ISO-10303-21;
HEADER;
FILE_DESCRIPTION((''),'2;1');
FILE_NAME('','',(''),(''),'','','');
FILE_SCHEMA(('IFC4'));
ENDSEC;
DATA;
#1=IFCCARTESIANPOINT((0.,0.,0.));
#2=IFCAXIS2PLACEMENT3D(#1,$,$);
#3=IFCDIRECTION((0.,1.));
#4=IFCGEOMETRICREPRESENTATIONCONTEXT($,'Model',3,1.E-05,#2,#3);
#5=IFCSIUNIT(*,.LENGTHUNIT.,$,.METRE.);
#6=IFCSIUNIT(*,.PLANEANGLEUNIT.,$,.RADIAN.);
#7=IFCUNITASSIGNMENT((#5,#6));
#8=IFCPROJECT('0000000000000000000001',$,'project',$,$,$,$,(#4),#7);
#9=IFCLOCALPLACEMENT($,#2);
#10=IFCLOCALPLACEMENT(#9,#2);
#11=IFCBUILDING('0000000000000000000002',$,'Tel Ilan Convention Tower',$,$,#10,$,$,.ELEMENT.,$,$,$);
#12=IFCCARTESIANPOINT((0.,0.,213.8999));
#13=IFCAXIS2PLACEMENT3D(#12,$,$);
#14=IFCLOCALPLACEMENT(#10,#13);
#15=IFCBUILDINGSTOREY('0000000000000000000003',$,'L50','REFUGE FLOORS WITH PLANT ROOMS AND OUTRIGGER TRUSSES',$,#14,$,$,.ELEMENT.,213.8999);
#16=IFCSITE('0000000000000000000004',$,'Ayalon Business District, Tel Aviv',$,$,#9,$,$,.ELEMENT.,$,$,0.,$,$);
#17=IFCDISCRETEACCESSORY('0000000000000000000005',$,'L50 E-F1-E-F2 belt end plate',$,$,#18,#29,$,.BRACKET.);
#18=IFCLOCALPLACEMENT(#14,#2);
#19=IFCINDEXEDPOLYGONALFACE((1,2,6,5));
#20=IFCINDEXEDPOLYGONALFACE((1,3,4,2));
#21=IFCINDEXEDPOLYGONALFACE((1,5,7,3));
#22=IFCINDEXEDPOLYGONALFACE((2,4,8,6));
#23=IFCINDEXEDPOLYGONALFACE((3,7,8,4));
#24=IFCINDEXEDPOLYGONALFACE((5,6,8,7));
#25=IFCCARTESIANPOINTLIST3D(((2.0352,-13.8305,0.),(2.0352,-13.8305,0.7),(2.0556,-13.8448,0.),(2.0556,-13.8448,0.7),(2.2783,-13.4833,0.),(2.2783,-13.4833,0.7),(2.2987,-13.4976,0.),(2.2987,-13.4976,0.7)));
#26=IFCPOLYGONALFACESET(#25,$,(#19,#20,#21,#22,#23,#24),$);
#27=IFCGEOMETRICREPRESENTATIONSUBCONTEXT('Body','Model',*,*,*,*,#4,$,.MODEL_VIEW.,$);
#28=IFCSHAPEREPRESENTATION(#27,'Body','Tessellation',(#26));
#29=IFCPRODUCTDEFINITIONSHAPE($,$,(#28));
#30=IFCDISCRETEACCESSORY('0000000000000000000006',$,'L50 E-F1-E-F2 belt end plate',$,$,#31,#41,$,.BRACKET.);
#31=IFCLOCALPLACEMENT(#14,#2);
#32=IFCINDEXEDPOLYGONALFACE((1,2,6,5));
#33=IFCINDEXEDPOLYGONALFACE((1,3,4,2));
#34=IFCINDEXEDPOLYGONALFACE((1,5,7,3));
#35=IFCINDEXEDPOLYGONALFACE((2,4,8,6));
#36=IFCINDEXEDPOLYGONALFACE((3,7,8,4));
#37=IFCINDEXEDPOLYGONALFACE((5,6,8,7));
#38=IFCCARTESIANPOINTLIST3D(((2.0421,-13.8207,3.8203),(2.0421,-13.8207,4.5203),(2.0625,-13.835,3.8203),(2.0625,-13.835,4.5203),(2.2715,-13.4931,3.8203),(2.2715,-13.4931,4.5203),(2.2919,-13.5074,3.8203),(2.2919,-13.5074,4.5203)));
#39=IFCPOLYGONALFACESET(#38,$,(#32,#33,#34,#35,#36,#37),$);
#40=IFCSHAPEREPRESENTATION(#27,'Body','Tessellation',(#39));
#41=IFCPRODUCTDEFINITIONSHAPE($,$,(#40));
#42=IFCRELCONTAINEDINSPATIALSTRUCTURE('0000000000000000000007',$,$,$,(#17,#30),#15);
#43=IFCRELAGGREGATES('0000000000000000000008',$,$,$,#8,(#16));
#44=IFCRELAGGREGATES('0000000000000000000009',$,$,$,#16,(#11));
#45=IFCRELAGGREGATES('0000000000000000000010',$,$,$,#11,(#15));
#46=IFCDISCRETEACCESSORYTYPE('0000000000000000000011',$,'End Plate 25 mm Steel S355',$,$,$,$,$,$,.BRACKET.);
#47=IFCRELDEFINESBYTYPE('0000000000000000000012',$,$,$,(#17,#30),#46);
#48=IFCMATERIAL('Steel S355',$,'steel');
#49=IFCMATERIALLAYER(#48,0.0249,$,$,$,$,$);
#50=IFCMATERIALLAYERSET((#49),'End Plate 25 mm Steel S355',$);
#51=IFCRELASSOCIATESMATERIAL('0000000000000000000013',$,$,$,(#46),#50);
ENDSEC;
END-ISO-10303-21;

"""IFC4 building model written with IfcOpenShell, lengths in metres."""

from ifc_helpers import new_model, si_unit, direction, frame, origin, origin_2d, place, context, subcontext, project, spatial, rectangle, extrude, material, layer, layer_set, type_object, element, save


model = new_model("IFC4")

# Units and contexts
model_context = context("Model", 3, precision=1e-05, world=origin(), true_north=direction((0.0, 1.0)))
body_context = subcontext(model_context, "Body", "Model", "MODEL_VIEW")
ifc_project = project(units=[si_unit("LENGTHUNIT", "METRE"), si_unit("PLANEANGLEUNIT", "RADIAN")], contexts=[model_context])

# Site, building, storey
site_placement = place(None, origin())
site = spatial("IfcSite", under=ifc_project, at=site_placement, Name="Ayalon Business District, Tel Aviv", CompositionType="ELEMENT", RefElevation=0.0)
building_placement = place(site_placement, origin())
building = spatial("IfcBuilding", under=site, at=building_placement, Name="Tel Ilan Convention Tower", CompositionType="ELEMENT")
storey_placement = place(building_placement, frame((0.0, 0.0, 213.8999)))
storey = spatial("IfcBuildingStorey", under=building, at=storey_placement, Name="L50", Description="REFUGE FLOORS WITH PLANT ROOMS AND OUTRIGGER TRUSSES", CompositionType="ELEMENT", Elevation=213.8999)

# Discrete accessories
ifc_material_1 = material(Name="Steel S355", Category="steel")
ifc_layer_1 = layer(ifc_material_1, 0.0249)
ifc_layer_set_1 = layer_set([ifc_layer_1], Name="End Plate 25 mm Steel S355")
discrete_accessory_type_1 = type_object("IfcDiscreteAccessoryType", Name="End Plate 25 mm Steel S355", PredefinedType="BRACKET", material=ifc_layer_set_1)
discrete_accessory_1_placement = place(storey_placement, frame((2.167, -13.6641, 0.0), z_axis=(0.0, 0.0, 1.0), x_axis=(-0.819152, 0.573576, 0.0)))
element("IfcDiscreteAccessory", 1, at=discrete_accessory_1_placement, inside=storey, type_object=discrete_accessory_type_1, Name="L50 E-F1-E-F2 belt end plate", PredefinedType="BRACKET", context=body_context, shape_type="SweptSolid", body=[
    extrude(rectangle(XDim=0.0249, YDim=0.4238, at=origin_2d()), origin(), (0.0, 0.0, 1.0), 0.7),
])
discrete_accessory_2_placement = place(storey_placement, frame((2.167, -13.6641, 3.8203), z_axis=(0.0, 0.0, 1.0), x_axis=(-0.819152, 0.573576, 0.0)))
element("IfcDiscreteAccessory", 2, at=discrete_accessory_2_placement, inside=storey, type_object=discrete_accessory_type_1, Name="L50 E-F1-E-F2 belt end plate", PredefinedType="BRACKET", context=body_context, shape_type="SweptSolid", body=[
    extrude(rectangle(XDim=0.0249, YDim=0.3999, at=origin_2d()), origin(), (0.0, 0.0, 1.0), 0.7),
])

save(model, "model.ifc")
